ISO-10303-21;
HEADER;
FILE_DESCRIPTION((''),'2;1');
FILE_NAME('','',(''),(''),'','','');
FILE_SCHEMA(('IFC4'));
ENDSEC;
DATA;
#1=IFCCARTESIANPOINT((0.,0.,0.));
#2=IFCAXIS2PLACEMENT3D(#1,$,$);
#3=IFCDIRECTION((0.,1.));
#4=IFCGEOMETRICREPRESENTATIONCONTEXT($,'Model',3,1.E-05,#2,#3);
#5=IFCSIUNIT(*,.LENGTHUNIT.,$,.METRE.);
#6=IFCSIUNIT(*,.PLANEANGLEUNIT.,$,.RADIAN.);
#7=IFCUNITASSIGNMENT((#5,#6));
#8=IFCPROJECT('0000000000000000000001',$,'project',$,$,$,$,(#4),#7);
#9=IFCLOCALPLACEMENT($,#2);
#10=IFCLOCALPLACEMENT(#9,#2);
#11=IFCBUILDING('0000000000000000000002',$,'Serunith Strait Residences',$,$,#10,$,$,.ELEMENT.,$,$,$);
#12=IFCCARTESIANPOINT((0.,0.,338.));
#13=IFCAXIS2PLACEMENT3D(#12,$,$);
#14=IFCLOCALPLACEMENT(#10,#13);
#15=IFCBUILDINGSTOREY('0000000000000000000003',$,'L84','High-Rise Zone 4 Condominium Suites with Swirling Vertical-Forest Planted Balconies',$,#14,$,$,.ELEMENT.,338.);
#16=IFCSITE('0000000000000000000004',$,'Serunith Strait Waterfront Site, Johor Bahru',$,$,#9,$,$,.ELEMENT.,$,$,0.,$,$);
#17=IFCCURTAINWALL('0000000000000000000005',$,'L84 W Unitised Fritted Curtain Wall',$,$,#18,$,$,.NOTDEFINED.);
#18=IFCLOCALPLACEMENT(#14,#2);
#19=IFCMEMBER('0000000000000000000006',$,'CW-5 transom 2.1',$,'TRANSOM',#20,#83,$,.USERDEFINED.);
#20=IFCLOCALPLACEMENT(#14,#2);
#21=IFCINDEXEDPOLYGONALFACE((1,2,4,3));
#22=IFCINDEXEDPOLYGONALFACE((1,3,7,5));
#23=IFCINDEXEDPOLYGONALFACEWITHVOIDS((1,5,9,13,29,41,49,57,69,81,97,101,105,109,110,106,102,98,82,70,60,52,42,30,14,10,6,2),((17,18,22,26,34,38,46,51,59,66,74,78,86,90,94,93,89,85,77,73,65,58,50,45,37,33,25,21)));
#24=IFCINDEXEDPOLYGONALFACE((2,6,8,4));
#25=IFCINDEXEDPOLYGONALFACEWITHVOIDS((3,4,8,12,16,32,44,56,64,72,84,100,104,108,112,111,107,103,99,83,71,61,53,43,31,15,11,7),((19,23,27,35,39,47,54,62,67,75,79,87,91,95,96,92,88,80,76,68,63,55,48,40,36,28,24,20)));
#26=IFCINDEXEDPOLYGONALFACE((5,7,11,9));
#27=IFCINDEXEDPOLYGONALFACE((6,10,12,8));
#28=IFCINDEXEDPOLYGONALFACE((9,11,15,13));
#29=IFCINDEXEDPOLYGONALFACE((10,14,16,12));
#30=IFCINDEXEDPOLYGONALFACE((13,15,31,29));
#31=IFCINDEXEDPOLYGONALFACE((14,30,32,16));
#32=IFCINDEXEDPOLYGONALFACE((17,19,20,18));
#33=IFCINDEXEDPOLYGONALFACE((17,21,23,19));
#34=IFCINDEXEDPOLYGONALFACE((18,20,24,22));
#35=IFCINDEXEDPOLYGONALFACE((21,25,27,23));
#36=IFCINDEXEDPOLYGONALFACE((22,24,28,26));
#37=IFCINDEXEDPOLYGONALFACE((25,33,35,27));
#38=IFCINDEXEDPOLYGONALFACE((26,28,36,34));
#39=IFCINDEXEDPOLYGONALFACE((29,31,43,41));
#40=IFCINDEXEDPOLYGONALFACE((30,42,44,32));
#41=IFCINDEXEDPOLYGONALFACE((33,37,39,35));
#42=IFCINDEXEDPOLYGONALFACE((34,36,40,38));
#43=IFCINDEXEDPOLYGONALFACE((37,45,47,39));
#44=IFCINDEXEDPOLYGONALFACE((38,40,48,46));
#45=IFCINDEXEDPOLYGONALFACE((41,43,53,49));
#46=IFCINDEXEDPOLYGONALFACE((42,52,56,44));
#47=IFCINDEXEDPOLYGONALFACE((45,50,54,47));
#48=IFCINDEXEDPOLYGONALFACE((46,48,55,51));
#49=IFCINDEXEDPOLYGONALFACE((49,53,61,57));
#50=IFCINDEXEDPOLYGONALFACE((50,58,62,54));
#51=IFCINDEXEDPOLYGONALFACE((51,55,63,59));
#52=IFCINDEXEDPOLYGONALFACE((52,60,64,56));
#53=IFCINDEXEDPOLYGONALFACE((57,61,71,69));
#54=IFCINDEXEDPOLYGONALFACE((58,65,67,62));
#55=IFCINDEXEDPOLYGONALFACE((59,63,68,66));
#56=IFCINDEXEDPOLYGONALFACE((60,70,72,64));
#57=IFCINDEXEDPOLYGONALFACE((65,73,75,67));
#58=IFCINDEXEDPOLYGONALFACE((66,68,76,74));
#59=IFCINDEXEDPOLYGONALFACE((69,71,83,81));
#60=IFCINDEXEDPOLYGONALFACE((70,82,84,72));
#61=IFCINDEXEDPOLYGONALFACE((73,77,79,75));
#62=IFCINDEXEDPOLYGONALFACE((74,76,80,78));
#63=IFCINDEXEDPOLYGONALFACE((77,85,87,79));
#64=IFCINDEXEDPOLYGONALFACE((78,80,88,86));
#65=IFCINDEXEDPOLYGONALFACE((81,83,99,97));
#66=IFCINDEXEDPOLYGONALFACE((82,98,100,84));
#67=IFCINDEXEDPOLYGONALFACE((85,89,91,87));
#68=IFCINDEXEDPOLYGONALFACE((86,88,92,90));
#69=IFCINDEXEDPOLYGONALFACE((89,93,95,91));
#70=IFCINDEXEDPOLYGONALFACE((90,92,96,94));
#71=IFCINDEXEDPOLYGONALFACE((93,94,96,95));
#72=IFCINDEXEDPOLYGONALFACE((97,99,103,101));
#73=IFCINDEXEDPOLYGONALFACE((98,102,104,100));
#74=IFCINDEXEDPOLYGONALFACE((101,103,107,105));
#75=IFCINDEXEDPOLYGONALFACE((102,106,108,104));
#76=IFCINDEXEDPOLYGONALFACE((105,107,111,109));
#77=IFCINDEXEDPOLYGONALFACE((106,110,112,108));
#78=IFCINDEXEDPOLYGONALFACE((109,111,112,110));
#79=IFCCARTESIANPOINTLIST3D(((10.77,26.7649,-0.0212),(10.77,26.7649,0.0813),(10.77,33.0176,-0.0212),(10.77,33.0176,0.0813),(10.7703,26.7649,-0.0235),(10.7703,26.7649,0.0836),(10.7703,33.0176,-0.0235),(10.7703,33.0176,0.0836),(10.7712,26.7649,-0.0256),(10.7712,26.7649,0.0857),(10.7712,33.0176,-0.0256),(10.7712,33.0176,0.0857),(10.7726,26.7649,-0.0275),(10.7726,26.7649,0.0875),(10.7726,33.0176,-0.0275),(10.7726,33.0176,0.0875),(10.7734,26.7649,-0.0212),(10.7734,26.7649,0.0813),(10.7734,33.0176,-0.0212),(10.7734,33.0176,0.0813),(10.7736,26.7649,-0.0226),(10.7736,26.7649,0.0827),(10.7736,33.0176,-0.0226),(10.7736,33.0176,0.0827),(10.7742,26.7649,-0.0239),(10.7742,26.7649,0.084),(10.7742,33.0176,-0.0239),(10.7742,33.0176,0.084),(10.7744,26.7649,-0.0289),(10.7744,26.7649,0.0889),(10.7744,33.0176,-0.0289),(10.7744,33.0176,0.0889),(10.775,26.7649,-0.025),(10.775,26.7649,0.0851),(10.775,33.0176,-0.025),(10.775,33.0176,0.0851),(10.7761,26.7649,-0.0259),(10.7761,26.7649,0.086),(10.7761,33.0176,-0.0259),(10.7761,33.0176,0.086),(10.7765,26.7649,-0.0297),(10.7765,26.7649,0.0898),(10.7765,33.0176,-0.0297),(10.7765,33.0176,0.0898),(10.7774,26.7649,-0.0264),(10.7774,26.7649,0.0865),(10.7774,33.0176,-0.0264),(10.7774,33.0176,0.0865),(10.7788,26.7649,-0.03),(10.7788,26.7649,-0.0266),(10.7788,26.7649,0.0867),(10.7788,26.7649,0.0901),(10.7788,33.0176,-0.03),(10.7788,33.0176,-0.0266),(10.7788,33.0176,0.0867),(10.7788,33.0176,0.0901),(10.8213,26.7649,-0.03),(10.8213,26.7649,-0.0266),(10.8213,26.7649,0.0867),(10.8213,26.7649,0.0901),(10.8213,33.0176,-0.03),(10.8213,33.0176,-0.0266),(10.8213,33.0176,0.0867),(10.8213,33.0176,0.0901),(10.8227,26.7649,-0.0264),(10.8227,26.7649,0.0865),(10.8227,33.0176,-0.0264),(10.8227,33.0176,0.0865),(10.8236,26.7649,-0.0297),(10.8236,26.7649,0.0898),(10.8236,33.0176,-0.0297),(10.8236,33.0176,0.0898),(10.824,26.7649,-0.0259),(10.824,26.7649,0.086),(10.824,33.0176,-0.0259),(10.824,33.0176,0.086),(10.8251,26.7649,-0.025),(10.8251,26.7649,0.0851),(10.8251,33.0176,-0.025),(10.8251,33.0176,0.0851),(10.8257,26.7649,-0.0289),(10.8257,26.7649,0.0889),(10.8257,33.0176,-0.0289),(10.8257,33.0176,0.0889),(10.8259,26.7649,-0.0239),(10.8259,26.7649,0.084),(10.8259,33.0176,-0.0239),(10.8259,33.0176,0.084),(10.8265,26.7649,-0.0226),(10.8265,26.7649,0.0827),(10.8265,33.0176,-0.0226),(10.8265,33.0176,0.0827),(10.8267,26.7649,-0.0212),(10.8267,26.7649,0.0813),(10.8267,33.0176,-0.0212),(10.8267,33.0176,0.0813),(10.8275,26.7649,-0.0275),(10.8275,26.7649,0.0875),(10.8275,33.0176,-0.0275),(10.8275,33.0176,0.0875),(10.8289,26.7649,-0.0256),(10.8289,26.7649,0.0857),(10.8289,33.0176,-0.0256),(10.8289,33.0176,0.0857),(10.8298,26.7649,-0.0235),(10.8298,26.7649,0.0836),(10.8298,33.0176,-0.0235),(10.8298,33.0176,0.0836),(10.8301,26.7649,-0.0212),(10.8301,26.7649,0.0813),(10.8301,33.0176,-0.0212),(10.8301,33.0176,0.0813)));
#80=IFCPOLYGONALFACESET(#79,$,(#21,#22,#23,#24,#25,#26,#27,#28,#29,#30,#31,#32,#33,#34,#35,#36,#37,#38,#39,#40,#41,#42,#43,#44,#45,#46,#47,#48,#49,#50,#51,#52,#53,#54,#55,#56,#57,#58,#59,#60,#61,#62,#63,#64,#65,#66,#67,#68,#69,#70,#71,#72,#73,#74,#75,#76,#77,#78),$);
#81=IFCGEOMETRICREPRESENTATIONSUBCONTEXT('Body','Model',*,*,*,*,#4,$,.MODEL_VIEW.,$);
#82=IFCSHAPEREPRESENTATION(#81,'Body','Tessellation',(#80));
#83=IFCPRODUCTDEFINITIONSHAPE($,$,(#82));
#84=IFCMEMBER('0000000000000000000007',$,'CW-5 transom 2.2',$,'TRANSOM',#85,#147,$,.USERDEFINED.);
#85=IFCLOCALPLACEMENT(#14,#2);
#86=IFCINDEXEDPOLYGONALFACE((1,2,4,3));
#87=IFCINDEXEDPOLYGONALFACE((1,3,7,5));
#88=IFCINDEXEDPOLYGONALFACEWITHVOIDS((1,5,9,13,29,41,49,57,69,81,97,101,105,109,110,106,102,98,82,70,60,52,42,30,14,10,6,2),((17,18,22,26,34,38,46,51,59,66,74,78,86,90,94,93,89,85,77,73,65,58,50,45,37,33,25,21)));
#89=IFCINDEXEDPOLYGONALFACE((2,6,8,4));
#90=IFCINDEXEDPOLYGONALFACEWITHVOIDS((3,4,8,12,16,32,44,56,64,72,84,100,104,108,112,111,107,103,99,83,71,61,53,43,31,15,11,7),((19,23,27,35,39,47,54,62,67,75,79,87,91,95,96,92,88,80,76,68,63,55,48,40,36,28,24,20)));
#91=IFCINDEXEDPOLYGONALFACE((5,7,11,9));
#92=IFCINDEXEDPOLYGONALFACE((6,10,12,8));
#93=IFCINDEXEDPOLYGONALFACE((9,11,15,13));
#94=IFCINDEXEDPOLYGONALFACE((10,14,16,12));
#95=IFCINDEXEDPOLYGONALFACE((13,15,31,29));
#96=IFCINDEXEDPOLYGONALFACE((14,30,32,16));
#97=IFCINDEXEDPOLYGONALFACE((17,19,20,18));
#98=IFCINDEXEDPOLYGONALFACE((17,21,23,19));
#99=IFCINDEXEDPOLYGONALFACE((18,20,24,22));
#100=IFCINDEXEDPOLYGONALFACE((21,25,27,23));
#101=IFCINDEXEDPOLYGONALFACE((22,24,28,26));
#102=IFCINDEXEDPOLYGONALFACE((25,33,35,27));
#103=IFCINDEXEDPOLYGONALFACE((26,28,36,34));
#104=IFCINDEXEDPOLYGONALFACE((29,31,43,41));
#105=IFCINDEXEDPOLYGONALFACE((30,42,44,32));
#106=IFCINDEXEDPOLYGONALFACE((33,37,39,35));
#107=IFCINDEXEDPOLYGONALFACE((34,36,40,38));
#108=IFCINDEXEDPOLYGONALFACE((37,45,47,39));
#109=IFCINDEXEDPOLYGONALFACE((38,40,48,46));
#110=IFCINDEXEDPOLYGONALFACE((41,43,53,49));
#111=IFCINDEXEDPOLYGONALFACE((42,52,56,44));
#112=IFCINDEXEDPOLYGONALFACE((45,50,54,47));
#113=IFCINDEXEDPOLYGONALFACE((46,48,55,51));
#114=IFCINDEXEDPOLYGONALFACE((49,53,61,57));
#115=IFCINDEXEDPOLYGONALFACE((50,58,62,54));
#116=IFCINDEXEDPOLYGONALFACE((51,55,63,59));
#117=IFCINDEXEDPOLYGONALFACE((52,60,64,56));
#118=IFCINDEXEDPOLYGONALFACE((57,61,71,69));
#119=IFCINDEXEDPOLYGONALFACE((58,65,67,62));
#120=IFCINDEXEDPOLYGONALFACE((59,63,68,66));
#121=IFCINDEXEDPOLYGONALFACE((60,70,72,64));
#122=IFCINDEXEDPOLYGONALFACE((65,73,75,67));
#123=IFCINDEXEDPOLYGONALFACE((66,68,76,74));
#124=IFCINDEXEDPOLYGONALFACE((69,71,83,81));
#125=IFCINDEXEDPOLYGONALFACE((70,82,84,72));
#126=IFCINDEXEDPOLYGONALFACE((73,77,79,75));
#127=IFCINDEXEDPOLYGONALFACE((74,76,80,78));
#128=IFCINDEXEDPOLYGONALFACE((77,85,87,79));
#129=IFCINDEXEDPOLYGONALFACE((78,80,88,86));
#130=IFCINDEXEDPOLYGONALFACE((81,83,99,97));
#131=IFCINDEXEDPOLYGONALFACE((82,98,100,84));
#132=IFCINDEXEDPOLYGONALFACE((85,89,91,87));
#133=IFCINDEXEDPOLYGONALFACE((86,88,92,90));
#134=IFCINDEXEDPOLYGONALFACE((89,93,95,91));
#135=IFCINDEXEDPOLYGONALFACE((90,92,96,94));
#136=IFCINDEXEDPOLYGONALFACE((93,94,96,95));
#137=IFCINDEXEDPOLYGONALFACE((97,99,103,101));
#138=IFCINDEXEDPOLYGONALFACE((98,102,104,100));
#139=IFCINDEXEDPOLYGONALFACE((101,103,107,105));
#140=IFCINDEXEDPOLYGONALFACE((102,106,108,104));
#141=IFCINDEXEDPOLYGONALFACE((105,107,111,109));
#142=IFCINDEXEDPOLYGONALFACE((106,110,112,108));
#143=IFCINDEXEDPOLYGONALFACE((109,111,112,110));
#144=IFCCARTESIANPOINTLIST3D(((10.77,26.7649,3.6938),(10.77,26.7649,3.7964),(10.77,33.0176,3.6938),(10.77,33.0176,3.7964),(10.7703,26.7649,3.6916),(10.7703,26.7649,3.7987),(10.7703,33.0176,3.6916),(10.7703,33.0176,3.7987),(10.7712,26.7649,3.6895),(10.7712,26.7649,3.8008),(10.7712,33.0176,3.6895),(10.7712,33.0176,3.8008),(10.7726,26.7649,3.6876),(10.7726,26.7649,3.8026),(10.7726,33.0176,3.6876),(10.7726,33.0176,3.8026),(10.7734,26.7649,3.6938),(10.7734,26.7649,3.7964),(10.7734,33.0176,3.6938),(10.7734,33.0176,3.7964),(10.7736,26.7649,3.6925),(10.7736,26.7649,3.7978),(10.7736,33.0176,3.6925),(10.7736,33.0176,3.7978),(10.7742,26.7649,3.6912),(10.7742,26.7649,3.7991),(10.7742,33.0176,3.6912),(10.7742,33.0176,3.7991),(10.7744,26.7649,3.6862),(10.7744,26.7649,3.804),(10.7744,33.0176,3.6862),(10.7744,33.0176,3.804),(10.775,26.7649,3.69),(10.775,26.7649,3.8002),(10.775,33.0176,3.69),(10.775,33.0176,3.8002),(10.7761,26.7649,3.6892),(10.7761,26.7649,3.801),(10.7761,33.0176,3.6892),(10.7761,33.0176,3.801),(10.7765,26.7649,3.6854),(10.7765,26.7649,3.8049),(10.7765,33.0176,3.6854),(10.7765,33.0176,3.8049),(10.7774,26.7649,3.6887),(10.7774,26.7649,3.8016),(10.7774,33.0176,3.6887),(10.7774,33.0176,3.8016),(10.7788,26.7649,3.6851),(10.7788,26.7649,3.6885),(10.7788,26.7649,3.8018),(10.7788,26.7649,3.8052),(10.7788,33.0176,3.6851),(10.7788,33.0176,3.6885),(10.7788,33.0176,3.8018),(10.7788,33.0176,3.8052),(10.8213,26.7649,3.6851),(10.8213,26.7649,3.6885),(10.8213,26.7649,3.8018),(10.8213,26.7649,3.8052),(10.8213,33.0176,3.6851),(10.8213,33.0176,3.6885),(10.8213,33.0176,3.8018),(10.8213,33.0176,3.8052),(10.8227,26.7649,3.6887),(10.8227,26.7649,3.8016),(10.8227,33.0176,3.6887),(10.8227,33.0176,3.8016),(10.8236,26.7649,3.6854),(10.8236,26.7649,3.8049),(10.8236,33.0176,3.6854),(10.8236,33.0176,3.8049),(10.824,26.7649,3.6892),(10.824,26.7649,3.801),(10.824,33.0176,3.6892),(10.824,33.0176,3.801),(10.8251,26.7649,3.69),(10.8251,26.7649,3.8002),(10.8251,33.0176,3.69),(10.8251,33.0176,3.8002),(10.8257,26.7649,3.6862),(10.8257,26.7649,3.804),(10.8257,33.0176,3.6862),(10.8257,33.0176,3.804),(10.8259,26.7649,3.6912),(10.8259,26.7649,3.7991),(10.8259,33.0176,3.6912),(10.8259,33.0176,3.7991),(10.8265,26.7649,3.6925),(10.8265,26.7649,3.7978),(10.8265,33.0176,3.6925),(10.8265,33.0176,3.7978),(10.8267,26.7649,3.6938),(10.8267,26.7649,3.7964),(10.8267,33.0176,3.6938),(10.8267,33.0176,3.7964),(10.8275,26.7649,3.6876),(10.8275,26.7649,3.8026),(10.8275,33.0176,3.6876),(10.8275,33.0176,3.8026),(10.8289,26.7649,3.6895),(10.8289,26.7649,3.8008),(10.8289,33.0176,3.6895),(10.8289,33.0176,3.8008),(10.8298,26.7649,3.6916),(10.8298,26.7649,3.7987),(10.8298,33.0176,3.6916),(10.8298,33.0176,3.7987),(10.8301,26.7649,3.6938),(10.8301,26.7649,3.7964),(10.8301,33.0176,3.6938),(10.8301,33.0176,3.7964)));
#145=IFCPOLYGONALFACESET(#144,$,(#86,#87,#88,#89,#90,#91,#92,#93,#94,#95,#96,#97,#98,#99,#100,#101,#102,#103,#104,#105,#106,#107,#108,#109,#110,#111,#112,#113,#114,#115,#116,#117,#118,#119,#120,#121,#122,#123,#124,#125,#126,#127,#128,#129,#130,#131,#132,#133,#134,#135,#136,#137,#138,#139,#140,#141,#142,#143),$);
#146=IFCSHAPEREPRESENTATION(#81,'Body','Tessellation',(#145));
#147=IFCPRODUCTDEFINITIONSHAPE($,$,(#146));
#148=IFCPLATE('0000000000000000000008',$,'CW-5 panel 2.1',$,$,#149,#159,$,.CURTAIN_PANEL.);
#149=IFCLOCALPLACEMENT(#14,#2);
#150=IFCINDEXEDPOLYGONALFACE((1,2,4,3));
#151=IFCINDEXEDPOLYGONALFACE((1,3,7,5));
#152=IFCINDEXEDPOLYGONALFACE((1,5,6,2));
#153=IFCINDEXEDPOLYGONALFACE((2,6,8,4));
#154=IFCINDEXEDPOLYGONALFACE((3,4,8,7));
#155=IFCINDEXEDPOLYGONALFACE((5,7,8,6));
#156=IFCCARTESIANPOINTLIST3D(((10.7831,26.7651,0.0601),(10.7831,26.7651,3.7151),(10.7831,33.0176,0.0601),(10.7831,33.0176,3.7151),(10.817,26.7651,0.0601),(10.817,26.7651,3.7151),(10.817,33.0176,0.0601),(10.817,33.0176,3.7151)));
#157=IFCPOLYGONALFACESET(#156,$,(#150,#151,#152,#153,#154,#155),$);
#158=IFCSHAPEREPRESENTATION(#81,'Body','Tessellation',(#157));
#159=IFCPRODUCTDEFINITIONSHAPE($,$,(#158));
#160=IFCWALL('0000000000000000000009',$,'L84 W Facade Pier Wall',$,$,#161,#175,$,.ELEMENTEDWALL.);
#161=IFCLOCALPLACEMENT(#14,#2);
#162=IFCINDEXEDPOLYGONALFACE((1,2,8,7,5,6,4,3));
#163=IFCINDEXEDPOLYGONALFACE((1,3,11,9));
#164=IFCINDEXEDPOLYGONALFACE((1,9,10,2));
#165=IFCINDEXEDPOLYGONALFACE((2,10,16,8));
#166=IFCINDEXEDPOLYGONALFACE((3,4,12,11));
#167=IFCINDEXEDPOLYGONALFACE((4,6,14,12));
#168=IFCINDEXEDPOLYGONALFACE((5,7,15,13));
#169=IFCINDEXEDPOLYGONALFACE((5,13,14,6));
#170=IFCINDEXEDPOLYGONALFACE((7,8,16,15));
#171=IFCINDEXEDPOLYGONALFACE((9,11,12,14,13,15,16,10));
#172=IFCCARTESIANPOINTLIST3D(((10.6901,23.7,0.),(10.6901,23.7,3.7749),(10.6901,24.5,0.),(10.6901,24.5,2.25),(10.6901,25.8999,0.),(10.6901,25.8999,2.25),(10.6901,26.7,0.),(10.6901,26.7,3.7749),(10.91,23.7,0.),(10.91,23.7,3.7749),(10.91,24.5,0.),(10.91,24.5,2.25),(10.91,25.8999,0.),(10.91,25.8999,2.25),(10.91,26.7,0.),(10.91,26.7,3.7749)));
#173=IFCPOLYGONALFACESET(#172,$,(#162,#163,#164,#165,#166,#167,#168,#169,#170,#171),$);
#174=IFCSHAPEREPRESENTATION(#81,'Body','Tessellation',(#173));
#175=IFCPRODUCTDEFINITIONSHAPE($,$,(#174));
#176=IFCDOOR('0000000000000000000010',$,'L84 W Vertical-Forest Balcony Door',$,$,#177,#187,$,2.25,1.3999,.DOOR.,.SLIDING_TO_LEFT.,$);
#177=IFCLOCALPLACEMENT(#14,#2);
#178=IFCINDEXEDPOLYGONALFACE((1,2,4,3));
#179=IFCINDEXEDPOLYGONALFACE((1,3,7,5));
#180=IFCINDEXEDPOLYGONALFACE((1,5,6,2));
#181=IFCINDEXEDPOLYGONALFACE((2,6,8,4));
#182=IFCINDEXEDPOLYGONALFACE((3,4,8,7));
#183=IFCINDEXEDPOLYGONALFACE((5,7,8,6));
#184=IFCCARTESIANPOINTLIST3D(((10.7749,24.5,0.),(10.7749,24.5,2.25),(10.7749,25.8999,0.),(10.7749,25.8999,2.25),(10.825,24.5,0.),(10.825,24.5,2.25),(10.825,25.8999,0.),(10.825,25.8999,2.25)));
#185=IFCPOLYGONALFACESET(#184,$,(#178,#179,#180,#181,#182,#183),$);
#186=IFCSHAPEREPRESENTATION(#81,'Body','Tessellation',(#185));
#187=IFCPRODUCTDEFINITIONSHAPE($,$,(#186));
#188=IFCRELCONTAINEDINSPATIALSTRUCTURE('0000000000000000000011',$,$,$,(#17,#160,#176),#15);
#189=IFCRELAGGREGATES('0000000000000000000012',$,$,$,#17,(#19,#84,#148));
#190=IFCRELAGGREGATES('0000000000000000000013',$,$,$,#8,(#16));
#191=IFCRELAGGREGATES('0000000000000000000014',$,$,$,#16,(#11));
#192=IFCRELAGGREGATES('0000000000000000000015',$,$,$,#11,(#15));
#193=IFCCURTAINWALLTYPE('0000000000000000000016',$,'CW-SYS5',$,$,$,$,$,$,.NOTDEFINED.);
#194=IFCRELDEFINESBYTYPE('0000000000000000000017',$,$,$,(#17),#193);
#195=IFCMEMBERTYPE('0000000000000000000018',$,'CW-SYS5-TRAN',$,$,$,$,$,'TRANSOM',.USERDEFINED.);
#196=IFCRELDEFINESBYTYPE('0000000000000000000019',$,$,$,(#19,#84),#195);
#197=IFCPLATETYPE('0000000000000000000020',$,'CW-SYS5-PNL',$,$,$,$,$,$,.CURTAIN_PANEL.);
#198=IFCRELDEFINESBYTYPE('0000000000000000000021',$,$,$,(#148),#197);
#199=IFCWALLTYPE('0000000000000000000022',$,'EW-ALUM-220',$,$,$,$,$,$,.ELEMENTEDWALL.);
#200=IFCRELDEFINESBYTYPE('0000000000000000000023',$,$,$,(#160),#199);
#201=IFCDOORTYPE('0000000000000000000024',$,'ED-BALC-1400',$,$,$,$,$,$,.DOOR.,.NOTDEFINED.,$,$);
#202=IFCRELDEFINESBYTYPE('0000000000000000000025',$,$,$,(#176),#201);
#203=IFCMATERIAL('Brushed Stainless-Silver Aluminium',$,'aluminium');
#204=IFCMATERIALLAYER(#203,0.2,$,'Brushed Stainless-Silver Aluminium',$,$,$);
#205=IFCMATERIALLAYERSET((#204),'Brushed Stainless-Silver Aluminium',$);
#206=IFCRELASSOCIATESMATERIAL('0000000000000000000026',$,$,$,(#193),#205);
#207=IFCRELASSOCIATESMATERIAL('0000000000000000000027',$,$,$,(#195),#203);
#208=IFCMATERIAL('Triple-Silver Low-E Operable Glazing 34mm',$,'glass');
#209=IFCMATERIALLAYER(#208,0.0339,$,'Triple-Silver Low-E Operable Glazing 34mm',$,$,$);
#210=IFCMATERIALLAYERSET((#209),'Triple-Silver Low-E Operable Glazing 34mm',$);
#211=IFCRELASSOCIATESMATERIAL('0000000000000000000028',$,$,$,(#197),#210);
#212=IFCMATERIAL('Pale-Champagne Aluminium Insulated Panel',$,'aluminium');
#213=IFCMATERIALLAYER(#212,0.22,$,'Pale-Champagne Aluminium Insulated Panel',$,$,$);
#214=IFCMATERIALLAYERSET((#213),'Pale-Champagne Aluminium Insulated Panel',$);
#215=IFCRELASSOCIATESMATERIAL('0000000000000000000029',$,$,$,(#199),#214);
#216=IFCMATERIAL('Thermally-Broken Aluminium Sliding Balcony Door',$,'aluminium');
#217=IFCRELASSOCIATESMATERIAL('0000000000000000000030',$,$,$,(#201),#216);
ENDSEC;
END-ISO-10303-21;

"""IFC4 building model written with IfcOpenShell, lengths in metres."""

from ifc_helpers import new_model, si_unit, direction, frame, frame_2d, origin, origin_2d, place, context, subcontext, project, spatial, rectangle, hollow_rectangle, extrude, source, transform, mapped, material, layer, layer_set, material_profile, profile_set, type_object, element, fill, aggregate, save


model = new_model("IFC4")

# Units and contexts
model_context = context("Model", 3, precision=1e-05, world=origin(), true_north=direction((0.0, 1.0)))
body_context = subcontext(model_context, "Body", "Model", "MODEL_VIEW")
ifc_project = project(units=[si_unit("LENGTHUNIT", "METRE"), si_unit("PLANEANGLEUNIT", "RADIAN")], contexts=[model_context])

# Site, building, storey
site_placement = place(None, origin())
site = spatial("IfcSite", under=ifc_project, at=site_placement, Name="Serunith Strait Waterfront Site, Johor Bahru", CompositionType="ELEMENT", RefElevation=0.0)
building_placement = place(site_placement, origin())
building = spatial("IfcBuilding", under=site, at=building_placement, Name="Serunith Strait Residences", CompositionType="ELEMENT")
storey_placement = place(building_placement, frame((0.0, 0.0, 338.0)))
storey = spatial("IfcBuildingStorey", under=building, at=storey_placement, Name="L84", Description="High-Rise Zone 4 Condominium Suites with Swirling Vertical-Forest Planted Balconies", CompositionType="ELEMENT", Elevation=338.0)

# Curtain wall, members, plate
ifc_material_1 = material(Name="Brushed Stainless-Silver Aluminium", Category="aluminium")
ifc_layer_1 = layer(ifc_material_1, 0.2, Name="Brushed Stainless-Silver Aluminium")
ifc_layer_set_1 = layer_set([ifc_layer_1], Name="Brushed Stainless-Silver Aluminium")
curtain_wall_type = type_object("IfcCurtainWallType", Name="CW-SYS5", PredefinedType="NOTDEFINED", material=ifc_layer_set_1)
curtain_wall_placement = place(storey_placement, origin())
curtain_wall = element("IfcCurtainWall", 1, at=curtain_wall_placement, inside=storey, type_object=curtain_wall_type, Name="L84 W Unitised Fritted Curtain Wall", PredefinedType="NOTDEFINED")
ifc_material_profile_1 = material_profile(ifc_material_1, hollow_rectangle(XDim=0.0601, YDim=0.1201, WallThickness=0.0034, InnerFilletRadius=0.0054, OuterFilletRadius=0.0088, at=origin_2d()), Name="ALU 120x60x3.5")
ifc_profile_set_1 = profile_set([ifc_material_profile_1], Name="Brushed Stainless-Silver Aluminium")
member_type_1 = type_object("IfcMemberType", Name="CW-SYS5-TRAN", ElementType="TRANSOM", PredefinedType="USERDEFINED", material=ifc_profile_set_1)
shared_shape_1 = source(origin(), body_context, "Body", "SweptSolid", [
    extrude(hollow_rectangle(XDim=0.0601, YDim=0.1201, WallThickness=0.0034, InnerFilletRadius=0.0054, OuterFilletRadius=0.0088, at=origin_2d()), origin(), (0.0, 0.0, 1.0), 6.2527),
])
member_1_placement = place(storey_placement, frame((10.8, 33.0176, 0.03), z_axis=(0.0, -1.0, 0.0), x_axis=(1.0, 0.0, 0.0)))
member_1 = element("IfcMember", 2, at=member_1_placement, type_object=member_type_1, Name="CW-5 transom 2.1", ObjectType="TRANSOM", PredefinedType="USERDEFINED", context=body_context, shape_type="MappedRepresentation", body=[
    mapped(shared_shape_1, transform((0.0, 0.0, 0.0), scale=1.0)),
])
member_2_placement = place(storey_placement, frame((10.8, 33.0176, 3.7451), z_axis=(0.0, -1.0, 0.0), x_axis=(1.0, 0.0, 0.0)))
member_2 = element("IfcMember", 3, at=member_2_placement, type_object=member_type_1, Name="CW-5 transom 2.2", ObjectType="TRANSOM", PredefinedType="USERDEFINED", context=body_context, shape_type="MappedRepresentation", body=[
    mapped(shared_shape_1, transform((0.0, 0.0, 0.0), scale=1.0)),
])
ifc_material_2 = material(Name="Triple-Silver Low-E Operable Glazing 34mm", Category="glass")
ifc_layer_2 = layer(ifc_material_2, 0.0339, Name="Triple-Silver Low-E Operable Glazing 34mm")
ifc_layer_set_2 = layer_set([ifc_layer_2], Name="Triple-Silver Low-E Operable Glazing 34mm")
plate_type = type_object("IfcPlateType", Name="CW-SYS5-PNL", PredefinedType="CURTAIN_PANEL", material=ifc_layer_set_2)
shared_shape_2 = source(origin(), body_context, "Body", "SweptSolid", [
    extrude(rectangle(XDim=6.2524, YDim=0.0339, at=origin_2d()), origin(), (0.0, 0.0, 1.0), 3.655),
])
plate_placement = place(storey_placement, frame((10.8, 29.8914, 0.0601), z_axis=(0.0, 0.0, 1.0), x_axis=(0.0, -1.0, 0.0)))
plate = element("IfcPlate", 4, at=plate_placement, type_object=plate_type, Name="CW-5 panel 2.1", PredefinedType="CURTAIN_PANEL", context=body_context, shape_type="MappedRepresentation", body=[
    mapped(shared_shape_2, transform((0.0, 0.0, 0.0), scale=1.0)),
])
aggregate(curtain_wall, [member_1, member_2, plate])

# Wall, opening, door
ifc_material_3 = material(Name="Pale-Champagne Aluminium Insulated Panel", Category="aluminium")
ifc_layer_3 = layer(ifc_material_3, 0.22, Name="Pale-Champagne Aluminium Insulated Panel")
ifc_layer_set_3 = layer_set([ifc_layer_3], Name="Pale-Champagne Aluminium Insulated Panel")
wall_type_1 = type_object("IfcWallType", Name="EW-ALUM-220", PredefinedType="ELEMENTEDWALL", material=ifc_layer_set_3)
wall_1_placement = place(storey_placement, frame((10.8, 26.7, 0.0), z_axis=(0.0, 0.0, 1.0), x_axis=(0.0, -1.0, 0.0)))
wall_1 = element("IfcWall", 5, at=wall_1_placement, inside=storey, type_object=wall_type_1, Name="L84 W Facade Pier Wall", PredefinedType="ELEMENTEDWALL", context=body_context, shape_type="SweptSolid", body=[
    extrude(rectangle(XDim=3.0, YDim=0.22, at=frame_2d((1.5, 0.0))), origin(), (0.0, 0.0, 1.0), 3.7749),
])
opening_1_placement = place(wall_1_placement, frame((0.8, 0.0, 0.0)))
opening_1 = element("IfcOpeningElement", 6, at=opening_1_placement, cuts=wall_1, PredefinedType="OPENING", context=body_context, shape_type="SweptSolid", body=[
    extrude(rectangle(XDim=1.3999, YDim=2.25, at=frame_2d((0.7, 1.125))), frame((0.0, 0.1201, 0.0), z_axis=(0.0, -1.0, 0.0), x_axis=(1.0, 0.0, 0.0)), (0.0, 0.0, 1.0), 0.24),
])
ifc_material_4 = material(Name="Thermally-Broken Aluminium Sliding Balcony Door", Category="aluminium")
door_type_1 = type_object("IfcDoorType", Name="ED-BALC-1400", OperationType="NOTDEFINED", PredefinedType="DOOR", material=ifc_material_4)
shared_shape_3 = source(origin(), body_context, "Body", "SweptSolid", [
    extrude(rectangle(XDim=1.3999, YDim=2.25, at=frame_2d((0.7, 1.125))), frame((0.0, 0.0249, 0.0), z_axis=(0.0, -1.0, 0.0), x_axis=(1.0, 0.0, 0.0)), (0.0, 0.0, 1.0), 0.05),
])
door_1_placement = place(opening_1_placement, origin())
door_1 = element("IfcDoor", 7, at=door_1_placement, inside=storey, type_object=door_type_1, Name="L84 W Vertical-Forest Balcony Door", OperationType="SLIDING_TO_LEFT", OverallHeight=2.25, OverallWidth=1.3999, PredefinedType="DOOR", context=body_context, shape_type="MappedRepresentation", body=[
    mapped(shared_shape_3, transform((0.0, 0.0, 0.0), scale=1.0)),
])
fill(opening_1, door_1)

save(model, "model.ifc")
